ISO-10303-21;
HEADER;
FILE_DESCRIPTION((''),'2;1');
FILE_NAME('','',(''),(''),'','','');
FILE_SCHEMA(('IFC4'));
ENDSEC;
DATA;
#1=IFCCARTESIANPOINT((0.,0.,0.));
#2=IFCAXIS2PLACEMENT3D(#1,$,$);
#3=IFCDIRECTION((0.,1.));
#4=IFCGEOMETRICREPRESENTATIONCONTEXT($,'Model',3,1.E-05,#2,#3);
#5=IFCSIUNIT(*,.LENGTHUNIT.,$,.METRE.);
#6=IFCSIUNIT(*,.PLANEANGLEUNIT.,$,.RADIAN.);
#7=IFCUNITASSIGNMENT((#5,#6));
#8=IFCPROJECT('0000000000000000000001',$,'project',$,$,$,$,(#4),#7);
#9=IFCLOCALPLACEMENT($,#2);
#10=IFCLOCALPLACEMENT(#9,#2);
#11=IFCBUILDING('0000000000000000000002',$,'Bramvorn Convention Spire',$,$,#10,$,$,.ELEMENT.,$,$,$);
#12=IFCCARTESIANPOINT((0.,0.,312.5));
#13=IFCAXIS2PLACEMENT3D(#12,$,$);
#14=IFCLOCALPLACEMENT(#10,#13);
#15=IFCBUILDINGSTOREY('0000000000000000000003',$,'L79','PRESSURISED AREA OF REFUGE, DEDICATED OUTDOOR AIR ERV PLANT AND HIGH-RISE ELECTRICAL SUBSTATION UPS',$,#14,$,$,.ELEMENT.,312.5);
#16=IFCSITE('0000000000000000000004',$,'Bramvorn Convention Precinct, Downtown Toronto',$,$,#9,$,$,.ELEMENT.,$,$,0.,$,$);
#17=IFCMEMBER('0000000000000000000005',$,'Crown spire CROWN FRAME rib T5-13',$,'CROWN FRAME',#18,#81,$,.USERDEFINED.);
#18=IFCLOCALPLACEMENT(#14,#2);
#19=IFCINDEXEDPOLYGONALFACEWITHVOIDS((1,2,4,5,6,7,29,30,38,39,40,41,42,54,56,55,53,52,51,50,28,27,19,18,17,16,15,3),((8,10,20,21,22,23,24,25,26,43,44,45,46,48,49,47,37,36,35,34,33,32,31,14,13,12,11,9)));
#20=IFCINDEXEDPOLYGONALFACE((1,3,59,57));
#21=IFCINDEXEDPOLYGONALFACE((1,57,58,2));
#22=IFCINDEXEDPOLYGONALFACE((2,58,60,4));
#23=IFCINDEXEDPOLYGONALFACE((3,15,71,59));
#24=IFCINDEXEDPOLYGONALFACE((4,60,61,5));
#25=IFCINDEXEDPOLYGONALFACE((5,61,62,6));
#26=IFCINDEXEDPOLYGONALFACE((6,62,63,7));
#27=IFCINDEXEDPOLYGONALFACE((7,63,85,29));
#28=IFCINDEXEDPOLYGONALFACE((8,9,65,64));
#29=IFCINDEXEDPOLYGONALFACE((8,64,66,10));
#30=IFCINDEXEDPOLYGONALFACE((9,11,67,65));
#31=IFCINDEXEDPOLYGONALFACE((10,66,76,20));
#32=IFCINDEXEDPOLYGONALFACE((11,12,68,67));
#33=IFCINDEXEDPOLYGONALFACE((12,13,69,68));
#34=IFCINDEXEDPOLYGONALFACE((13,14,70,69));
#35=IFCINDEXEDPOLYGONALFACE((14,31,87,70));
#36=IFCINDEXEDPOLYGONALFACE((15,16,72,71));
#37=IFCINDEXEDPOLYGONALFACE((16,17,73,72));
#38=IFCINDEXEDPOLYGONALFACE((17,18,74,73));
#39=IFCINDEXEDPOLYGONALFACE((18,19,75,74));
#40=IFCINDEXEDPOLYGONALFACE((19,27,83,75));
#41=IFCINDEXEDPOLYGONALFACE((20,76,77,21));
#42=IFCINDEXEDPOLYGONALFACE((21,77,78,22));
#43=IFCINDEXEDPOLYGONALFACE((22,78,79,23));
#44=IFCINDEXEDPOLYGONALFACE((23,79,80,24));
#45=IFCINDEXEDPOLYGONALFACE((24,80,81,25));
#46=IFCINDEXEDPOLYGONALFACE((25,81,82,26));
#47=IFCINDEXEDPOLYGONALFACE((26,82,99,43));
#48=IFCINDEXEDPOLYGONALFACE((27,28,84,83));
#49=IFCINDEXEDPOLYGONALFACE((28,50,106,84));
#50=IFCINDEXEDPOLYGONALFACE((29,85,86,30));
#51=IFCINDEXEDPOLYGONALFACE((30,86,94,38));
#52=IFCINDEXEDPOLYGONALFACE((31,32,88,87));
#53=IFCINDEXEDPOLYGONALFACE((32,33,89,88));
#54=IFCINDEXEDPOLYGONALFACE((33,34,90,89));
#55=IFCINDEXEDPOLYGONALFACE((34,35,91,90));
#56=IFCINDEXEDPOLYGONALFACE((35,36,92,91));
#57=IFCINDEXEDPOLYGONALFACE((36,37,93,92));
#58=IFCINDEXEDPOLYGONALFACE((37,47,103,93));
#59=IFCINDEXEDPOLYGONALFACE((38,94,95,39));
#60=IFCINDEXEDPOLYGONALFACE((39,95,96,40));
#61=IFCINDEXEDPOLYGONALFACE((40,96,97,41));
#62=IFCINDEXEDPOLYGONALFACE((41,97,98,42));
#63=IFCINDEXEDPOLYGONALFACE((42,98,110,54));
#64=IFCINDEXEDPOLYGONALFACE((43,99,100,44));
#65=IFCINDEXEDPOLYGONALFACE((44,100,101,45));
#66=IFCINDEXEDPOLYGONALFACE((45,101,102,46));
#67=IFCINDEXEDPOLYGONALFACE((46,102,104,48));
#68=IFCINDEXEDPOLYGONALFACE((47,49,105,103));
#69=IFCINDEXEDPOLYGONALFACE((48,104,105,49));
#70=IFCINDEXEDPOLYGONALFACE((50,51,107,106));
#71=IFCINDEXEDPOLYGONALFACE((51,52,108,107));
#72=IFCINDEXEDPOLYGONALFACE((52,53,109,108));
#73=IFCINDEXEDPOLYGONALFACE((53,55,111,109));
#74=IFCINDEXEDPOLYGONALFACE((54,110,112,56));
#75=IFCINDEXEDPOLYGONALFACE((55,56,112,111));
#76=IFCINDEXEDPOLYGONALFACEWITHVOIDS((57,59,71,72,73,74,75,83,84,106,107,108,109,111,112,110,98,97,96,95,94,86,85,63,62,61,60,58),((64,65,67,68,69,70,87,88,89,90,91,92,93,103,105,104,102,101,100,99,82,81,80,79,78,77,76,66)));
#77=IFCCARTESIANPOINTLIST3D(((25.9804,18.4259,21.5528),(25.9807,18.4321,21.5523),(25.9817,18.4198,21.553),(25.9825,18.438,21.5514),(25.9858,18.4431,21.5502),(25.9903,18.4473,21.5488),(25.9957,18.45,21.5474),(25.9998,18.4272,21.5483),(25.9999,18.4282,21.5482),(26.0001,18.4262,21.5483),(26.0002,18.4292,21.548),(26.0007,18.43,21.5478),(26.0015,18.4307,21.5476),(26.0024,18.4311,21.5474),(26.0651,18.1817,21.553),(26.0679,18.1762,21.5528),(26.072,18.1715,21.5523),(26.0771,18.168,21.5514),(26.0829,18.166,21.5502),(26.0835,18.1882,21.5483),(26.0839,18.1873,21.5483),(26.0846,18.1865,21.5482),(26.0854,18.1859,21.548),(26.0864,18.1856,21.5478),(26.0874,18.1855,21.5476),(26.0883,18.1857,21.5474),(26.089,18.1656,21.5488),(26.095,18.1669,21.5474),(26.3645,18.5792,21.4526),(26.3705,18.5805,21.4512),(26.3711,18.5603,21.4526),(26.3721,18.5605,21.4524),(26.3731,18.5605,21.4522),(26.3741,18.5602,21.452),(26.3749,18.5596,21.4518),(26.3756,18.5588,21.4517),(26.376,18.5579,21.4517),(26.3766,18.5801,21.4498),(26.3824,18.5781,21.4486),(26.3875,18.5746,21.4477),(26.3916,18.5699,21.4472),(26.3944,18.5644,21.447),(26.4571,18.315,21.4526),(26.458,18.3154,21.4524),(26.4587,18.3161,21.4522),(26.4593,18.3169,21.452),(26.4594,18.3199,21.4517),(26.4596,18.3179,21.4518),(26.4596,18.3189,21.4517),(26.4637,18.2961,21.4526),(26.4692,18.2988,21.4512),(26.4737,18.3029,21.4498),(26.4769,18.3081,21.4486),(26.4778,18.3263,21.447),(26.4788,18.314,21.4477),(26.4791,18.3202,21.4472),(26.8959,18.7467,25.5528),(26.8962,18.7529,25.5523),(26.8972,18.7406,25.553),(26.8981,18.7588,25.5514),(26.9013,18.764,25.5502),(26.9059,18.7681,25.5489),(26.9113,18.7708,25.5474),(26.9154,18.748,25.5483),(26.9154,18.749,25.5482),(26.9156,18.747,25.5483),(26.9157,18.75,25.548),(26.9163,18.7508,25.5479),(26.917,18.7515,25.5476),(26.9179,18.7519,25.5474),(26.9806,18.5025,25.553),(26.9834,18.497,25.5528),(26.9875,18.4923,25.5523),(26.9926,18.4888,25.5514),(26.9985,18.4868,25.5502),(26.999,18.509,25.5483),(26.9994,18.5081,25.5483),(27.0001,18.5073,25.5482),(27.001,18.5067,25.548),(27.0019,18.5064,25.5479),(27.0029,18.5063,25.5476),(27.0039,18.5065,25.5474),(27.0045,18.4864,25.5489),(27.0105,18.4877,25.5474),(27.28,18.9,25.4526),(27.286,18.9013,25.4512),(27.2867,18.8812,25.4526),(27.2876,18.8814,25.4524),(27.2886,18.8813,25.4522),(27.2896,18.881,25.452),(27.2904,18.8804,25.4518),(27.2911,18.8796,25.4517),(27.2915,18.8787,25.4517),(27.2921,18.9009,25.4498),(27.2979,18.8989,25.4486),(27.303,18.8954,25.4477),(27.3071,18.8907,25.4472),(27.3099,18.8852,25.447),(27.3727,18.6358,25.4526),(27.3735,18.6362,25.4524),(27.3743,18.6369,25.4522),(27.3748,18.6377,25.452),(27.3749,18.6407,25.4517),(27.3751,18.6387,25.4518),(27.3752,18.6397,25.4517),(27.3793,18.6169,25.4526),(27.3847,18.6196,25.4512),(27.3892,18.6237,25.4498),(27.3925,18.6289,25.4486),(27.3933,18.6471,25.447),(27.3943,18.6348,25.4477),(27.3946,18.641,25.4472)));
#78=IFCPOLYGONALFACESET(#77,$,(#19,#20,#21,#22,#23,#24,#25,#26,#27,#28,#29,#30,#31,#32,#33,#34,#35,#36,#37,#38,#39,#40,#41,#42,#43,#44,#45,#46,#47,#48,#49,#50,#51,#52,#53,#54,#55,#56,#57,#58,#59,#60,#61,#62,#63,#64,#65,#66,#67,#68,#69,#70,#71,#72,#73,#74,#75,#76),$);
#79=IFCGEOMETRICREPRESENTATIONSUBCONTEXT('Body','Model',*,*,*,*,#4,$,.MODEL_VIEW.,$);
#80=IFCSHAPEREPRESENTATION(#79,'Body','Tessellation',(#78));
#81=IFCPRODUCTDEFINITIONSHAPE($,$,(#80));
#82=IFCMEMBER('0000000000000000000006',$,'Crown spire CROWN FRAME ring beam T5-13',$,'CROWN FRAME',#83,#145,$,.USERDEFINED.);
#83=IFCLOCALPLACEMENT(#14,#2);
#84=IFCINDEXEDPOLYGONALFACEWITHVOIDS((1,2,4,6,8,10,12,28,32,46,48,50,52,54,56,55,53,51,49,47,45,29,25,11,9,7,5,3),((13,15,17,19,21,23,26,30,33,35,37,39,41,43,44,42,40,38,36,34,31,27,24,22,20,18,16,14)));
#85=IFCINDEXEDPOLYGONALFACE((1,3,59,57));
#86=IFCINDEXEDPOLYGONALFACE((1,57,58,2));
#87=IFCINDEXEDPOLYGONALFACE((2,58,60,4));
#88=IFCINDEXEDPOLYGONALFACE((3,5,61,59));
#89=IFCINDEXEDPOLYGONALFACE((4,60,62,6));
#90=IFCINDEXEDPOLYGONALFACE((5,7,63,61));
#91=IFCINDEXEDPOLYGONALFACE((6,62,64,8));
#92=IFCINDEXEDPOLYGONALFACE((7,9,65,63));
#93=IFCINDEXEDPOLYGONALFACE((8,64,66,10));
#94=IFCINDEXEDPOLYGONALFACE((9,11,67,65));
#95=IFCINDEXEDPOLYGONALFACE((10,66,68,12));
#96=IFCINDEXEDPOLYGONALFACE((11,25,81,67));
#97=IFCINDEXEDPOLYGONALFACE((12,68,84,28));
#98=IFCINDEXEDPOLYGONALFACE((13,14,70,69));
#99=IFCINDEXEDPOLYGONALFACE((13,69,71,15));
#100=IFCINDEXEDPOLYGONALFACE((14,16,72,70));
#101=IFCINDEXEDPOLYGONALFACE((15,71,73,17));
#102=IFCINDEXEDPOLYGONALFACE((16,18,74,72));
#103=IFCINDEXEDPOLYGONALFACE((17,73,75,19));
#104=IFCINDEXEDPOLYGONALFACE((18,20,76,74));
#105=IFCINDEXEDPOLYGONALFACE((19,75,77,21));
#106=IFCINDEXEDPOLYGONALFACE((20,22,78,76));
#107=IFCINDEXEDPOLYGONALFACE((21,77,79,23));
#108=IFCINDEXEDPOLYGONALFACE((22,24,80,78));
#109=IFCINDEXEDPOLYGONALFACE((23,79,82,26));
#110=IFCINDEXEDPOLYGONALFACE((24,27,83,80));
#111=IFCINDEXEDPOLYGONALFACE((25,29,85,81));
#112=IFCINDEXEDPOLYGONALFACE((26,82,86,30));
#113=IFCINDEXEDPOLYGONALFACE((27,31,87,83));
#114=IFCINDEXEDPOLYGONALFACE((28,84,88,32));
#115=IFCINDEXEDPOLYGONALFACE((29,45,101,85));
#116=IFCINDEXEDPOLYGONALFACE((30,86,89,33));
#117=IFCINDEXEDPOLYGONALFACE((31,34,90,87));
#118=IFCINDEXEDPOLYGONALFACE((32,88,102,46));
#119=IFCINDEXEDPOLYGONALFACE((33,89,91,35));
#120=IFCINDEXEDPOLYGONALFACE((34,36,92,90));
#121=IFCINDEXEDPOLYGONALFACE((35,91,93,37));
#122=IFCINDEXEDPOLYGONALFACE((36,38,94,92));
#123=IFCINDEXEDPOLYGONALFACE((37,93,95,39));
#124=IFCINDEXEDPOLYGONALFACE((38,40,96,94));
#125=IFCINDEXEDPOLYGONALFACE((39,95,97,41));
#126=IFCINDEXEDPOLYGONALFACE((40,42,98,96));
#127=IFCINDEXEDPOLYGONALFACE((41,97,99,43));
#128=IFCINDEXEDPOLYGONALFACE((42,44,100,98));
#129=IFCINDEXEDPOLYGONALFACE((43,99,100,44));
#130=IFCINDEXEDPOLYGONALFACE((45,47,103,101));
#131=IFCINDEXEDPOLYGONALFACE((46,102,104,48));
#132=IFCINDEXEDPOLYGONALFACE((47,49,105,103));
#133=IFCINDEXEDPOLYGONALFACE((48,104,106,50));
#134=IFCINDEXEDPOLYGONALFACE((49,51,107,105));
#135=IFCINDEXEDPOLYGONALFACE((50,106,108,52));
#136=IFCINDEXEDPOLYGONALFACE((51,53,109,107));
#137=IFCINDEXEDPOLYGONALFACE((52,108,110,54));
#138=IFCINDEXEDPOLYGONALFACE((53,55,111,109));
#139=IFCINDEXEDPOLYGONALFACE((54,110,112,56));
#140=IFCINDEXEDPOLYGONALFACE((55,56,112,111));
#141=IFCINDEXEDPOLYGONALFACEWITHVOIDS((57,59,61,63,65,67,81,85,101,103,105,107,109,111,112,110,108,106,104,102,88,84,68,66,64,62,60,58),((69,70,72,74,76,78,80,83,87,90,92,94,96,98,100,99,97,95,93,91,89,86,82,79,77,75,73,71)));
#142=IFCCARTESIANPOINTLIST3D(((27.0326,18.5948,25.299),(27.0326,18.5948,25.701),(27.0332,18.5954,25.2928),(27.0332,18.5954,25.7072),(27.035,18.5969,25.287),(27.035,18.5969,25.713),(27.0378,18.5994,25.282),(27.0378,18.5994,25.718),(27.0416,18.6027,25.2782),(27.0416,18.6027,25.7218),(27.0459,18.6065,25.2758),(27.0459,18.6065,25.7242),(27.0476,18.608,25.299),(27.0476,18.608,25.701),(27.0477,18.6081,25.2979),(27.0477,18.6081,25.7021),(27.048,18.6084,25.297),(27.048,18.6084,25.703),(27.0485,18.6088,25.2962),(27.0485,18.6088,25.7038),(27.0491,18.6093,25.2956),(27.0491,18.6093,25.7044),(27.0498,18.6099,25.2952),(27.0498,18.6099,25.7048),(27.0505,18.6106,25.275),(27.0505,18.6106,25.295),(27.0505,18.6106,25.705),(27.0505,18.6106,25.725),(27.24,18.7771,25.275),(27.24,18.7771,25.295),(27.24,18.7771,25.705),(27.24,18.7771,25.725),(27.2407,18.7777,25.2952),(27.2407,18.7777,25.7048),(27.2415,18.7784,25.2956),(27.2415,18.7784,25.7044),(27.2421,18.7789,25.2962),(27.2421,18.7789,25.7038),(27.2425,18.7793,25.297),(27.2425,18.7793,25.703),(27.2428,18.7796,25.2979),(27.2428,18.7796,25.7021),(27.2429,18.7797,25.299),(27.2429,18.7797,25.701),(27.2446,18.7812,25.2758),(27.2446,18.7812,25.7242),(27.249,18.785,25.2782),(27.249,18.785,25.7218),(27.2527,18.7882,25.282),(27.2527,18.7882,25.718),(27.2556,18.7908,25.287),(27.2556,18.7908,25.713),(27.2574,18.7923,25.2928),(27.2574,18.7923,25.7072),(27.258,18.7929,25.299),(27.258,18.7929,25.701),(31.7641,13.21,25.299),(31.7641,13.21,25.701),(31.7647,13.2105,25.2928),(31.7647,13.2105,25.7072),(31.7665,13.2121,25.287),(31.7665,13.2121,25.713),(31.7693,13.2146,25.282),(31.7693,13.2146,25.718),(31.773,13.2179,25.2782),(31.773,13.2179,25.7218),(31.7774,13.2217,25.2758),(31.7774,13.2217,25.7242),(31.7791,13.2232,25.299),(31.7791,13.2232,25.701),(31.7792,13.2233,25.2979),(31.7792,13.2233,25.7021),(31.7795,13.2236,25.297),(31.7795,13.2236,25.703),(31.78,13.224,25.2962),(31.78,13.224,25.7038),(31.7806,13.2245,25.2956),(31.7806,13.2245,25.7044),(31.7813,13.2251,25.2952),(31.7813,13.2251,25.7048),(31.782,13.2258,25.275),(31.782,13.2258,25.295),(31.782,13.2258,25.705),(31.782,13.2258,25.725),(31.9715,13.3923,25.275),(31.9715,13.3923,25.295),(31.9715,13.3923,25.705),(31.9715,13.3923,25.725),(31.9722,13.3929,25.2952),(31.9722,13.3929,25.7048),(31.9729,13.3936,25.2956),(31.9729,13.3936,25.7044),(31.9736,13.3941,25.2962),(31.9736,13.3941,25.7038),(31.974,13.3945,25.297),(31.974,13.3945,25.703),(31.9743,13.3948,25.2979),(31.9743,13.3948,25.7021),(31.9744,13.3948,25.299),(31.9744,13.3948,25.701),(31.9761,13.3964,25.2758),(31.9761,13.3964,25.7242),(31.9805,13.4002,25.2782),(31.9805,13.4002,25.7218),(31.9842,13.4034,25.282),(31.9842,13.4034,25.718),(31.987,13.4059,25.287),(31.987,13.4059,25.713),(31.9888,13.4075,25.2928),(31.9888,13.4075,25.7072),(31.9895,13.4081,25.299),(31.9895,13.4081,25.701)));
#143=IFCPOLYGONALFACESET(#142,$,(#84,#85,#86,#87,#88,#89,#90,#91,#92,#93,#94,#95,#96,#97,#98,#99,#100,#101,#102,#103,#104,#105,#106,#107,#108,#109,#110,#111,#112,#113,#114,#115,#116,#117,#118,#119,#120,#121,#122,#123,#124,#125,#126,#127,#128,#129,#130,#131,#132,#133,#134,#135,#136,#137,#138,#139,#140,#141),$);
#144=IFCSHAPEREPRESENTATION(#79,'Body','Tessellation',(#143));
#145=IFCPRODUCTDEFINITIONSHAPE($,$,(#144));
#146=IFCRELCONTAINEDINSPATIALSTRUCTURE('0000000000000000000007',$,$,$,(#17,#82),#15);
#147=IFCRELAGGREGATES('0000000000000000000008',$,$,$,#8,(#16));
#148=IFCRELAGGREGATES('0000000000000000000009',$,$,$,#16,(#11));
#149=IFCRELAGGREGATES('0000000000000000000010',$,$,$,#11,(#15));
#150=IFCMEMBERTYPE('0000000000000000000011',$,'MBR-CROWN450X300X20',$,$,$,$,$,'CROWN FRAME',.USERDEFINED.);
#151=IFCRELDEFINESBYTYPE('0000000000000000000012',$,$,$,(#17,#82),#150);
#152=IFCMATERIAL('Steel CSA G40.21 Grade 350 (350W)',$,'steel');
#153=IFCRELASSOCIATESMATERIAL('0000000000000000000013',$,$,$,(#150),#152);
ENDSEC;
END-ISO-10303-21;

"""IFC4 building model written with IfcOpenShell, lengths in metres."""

from ifc_helpers import new_model, si_unit, direction, frame, origin, origin_2d, place, context, subcontext, project, spatial, hollow_rectangle, extrude, material, material_profile, profile_set, type_object, element, save


model = new_model("IFC4")

# Units and contexts
model_context = context("Model", 3, precision=1e-05, world=origin(), true_north=direction((0.0, 1.0)))
body_context = subcontext(model_context, "Body", "Model", "MODEL_VIEW")
ifc_project = project(units=[si_unit("LENGTHUNIT", "METRE"), si_unit("PLANEANGLEUNIT", "RADIAN")], contexts=[model_context])

# Site, building, storey
site_placement = place(None, origin())
site = spatial("IfcSite", under=ifc_project, at=site_placement, Name="Bramvorn Convention Precinct, Downtown Toronto", CompositionType="ELEMENT", RefElevation=0.0)
building_placement = place(site_placement, origin())
building = spatial("IfcBuilding", under=site, at=building_placement, Name="Bramvorn Convention Spire", CompositionType="ELEMENT")
storey_placement = place(building_placement, frame((0.0, 0.0, 312.5)))
storey = spatial("IfcBuildingStorey", under=building, at=storey_placement, Name="L79", Description="PRESSURISED AREA OF REFUGE, DEDICATED OUTDOOR AIR ERV PLANT AND HIGH-RISE ELECTRICAL SUBSTATION UPS", CompositionType="ELEMENT", Elevation=312.5)

# Members
ifc_material_1 = material(Name="Steel CSA G40.21 Grade 350 (350W)", Category="steel")
ifc_material_profile = material_profile(ifc_material_1, hollow_rectangle(XDim=0.3, YDim=0.45, WallThickness=0.02, InnerFilletRadius=0.0039, OuterFilletRadius=0.0239, at=origin_2d()))
ifc_profile_set = profile_set([ifc_material_profile], Name="Steel CSA G40.21 Grade 350 (350W) - CROWN450X300X20")
member_type = type_object("IfcMemberType", Name="MBR-CROWN450X300X20", ElementType="CROWN FRAME", PredefinedType="USERDEFINED", material=ifc_profile_set)
member_1_placement = place(storey_placement, frame((26.2297, 18.373, 21.5), z_axis=(0.222434, 0.077941, 0.971827), x_axis=(-0.330687, 0.943741, 0.0)))
element("IfcMember", 1, at=member_1_placement, inside=storey, type_object=member_type, Name="Crown spire CROWN FRAME rib T5-13", ObjectType="CROWN FRAME", PredefinedType="USERDEFINED", context=body_context, shape_type="SweptSolid", body=[
    extrude(hollow_rectangle(XDim=0.3, YDim=0.45, WallThickness=0.02, InnerFilletRadius=0.0039, OuterFilletRadius=0.0239, at=origin_2d()), origin(), (0.0, 0.0, 1.0), 4.116),
])
member_2_placement = place(storey_placement, frame((27.1453, 18.6938, 25.5), z_axis=(0.660066, -0.751208, 0.0), x_axis=(0.751208, 0.660066, 0.0)))
element("IfcMember", 2, at=member_2_placement, inside=storey, type_object=member_type, Name="Crown spire CROWN FRAME ring beam T5-13", ObjectType="CROWN FRAME", PredefinedType="USERDEFINED", context=body_context, shape_type="SweptSolid", body=[
    extrude(hollow_rectangle(XDim=0.3, YDim=0.45, WallThickness=0.02, InnerFilletRadius=0.0039, OuterFilletRadius=0.0239, at=origin_2d()), origin(), (0.0, 0.0, 1.0), 7.1682),
])

save(model, "model.ifc")
